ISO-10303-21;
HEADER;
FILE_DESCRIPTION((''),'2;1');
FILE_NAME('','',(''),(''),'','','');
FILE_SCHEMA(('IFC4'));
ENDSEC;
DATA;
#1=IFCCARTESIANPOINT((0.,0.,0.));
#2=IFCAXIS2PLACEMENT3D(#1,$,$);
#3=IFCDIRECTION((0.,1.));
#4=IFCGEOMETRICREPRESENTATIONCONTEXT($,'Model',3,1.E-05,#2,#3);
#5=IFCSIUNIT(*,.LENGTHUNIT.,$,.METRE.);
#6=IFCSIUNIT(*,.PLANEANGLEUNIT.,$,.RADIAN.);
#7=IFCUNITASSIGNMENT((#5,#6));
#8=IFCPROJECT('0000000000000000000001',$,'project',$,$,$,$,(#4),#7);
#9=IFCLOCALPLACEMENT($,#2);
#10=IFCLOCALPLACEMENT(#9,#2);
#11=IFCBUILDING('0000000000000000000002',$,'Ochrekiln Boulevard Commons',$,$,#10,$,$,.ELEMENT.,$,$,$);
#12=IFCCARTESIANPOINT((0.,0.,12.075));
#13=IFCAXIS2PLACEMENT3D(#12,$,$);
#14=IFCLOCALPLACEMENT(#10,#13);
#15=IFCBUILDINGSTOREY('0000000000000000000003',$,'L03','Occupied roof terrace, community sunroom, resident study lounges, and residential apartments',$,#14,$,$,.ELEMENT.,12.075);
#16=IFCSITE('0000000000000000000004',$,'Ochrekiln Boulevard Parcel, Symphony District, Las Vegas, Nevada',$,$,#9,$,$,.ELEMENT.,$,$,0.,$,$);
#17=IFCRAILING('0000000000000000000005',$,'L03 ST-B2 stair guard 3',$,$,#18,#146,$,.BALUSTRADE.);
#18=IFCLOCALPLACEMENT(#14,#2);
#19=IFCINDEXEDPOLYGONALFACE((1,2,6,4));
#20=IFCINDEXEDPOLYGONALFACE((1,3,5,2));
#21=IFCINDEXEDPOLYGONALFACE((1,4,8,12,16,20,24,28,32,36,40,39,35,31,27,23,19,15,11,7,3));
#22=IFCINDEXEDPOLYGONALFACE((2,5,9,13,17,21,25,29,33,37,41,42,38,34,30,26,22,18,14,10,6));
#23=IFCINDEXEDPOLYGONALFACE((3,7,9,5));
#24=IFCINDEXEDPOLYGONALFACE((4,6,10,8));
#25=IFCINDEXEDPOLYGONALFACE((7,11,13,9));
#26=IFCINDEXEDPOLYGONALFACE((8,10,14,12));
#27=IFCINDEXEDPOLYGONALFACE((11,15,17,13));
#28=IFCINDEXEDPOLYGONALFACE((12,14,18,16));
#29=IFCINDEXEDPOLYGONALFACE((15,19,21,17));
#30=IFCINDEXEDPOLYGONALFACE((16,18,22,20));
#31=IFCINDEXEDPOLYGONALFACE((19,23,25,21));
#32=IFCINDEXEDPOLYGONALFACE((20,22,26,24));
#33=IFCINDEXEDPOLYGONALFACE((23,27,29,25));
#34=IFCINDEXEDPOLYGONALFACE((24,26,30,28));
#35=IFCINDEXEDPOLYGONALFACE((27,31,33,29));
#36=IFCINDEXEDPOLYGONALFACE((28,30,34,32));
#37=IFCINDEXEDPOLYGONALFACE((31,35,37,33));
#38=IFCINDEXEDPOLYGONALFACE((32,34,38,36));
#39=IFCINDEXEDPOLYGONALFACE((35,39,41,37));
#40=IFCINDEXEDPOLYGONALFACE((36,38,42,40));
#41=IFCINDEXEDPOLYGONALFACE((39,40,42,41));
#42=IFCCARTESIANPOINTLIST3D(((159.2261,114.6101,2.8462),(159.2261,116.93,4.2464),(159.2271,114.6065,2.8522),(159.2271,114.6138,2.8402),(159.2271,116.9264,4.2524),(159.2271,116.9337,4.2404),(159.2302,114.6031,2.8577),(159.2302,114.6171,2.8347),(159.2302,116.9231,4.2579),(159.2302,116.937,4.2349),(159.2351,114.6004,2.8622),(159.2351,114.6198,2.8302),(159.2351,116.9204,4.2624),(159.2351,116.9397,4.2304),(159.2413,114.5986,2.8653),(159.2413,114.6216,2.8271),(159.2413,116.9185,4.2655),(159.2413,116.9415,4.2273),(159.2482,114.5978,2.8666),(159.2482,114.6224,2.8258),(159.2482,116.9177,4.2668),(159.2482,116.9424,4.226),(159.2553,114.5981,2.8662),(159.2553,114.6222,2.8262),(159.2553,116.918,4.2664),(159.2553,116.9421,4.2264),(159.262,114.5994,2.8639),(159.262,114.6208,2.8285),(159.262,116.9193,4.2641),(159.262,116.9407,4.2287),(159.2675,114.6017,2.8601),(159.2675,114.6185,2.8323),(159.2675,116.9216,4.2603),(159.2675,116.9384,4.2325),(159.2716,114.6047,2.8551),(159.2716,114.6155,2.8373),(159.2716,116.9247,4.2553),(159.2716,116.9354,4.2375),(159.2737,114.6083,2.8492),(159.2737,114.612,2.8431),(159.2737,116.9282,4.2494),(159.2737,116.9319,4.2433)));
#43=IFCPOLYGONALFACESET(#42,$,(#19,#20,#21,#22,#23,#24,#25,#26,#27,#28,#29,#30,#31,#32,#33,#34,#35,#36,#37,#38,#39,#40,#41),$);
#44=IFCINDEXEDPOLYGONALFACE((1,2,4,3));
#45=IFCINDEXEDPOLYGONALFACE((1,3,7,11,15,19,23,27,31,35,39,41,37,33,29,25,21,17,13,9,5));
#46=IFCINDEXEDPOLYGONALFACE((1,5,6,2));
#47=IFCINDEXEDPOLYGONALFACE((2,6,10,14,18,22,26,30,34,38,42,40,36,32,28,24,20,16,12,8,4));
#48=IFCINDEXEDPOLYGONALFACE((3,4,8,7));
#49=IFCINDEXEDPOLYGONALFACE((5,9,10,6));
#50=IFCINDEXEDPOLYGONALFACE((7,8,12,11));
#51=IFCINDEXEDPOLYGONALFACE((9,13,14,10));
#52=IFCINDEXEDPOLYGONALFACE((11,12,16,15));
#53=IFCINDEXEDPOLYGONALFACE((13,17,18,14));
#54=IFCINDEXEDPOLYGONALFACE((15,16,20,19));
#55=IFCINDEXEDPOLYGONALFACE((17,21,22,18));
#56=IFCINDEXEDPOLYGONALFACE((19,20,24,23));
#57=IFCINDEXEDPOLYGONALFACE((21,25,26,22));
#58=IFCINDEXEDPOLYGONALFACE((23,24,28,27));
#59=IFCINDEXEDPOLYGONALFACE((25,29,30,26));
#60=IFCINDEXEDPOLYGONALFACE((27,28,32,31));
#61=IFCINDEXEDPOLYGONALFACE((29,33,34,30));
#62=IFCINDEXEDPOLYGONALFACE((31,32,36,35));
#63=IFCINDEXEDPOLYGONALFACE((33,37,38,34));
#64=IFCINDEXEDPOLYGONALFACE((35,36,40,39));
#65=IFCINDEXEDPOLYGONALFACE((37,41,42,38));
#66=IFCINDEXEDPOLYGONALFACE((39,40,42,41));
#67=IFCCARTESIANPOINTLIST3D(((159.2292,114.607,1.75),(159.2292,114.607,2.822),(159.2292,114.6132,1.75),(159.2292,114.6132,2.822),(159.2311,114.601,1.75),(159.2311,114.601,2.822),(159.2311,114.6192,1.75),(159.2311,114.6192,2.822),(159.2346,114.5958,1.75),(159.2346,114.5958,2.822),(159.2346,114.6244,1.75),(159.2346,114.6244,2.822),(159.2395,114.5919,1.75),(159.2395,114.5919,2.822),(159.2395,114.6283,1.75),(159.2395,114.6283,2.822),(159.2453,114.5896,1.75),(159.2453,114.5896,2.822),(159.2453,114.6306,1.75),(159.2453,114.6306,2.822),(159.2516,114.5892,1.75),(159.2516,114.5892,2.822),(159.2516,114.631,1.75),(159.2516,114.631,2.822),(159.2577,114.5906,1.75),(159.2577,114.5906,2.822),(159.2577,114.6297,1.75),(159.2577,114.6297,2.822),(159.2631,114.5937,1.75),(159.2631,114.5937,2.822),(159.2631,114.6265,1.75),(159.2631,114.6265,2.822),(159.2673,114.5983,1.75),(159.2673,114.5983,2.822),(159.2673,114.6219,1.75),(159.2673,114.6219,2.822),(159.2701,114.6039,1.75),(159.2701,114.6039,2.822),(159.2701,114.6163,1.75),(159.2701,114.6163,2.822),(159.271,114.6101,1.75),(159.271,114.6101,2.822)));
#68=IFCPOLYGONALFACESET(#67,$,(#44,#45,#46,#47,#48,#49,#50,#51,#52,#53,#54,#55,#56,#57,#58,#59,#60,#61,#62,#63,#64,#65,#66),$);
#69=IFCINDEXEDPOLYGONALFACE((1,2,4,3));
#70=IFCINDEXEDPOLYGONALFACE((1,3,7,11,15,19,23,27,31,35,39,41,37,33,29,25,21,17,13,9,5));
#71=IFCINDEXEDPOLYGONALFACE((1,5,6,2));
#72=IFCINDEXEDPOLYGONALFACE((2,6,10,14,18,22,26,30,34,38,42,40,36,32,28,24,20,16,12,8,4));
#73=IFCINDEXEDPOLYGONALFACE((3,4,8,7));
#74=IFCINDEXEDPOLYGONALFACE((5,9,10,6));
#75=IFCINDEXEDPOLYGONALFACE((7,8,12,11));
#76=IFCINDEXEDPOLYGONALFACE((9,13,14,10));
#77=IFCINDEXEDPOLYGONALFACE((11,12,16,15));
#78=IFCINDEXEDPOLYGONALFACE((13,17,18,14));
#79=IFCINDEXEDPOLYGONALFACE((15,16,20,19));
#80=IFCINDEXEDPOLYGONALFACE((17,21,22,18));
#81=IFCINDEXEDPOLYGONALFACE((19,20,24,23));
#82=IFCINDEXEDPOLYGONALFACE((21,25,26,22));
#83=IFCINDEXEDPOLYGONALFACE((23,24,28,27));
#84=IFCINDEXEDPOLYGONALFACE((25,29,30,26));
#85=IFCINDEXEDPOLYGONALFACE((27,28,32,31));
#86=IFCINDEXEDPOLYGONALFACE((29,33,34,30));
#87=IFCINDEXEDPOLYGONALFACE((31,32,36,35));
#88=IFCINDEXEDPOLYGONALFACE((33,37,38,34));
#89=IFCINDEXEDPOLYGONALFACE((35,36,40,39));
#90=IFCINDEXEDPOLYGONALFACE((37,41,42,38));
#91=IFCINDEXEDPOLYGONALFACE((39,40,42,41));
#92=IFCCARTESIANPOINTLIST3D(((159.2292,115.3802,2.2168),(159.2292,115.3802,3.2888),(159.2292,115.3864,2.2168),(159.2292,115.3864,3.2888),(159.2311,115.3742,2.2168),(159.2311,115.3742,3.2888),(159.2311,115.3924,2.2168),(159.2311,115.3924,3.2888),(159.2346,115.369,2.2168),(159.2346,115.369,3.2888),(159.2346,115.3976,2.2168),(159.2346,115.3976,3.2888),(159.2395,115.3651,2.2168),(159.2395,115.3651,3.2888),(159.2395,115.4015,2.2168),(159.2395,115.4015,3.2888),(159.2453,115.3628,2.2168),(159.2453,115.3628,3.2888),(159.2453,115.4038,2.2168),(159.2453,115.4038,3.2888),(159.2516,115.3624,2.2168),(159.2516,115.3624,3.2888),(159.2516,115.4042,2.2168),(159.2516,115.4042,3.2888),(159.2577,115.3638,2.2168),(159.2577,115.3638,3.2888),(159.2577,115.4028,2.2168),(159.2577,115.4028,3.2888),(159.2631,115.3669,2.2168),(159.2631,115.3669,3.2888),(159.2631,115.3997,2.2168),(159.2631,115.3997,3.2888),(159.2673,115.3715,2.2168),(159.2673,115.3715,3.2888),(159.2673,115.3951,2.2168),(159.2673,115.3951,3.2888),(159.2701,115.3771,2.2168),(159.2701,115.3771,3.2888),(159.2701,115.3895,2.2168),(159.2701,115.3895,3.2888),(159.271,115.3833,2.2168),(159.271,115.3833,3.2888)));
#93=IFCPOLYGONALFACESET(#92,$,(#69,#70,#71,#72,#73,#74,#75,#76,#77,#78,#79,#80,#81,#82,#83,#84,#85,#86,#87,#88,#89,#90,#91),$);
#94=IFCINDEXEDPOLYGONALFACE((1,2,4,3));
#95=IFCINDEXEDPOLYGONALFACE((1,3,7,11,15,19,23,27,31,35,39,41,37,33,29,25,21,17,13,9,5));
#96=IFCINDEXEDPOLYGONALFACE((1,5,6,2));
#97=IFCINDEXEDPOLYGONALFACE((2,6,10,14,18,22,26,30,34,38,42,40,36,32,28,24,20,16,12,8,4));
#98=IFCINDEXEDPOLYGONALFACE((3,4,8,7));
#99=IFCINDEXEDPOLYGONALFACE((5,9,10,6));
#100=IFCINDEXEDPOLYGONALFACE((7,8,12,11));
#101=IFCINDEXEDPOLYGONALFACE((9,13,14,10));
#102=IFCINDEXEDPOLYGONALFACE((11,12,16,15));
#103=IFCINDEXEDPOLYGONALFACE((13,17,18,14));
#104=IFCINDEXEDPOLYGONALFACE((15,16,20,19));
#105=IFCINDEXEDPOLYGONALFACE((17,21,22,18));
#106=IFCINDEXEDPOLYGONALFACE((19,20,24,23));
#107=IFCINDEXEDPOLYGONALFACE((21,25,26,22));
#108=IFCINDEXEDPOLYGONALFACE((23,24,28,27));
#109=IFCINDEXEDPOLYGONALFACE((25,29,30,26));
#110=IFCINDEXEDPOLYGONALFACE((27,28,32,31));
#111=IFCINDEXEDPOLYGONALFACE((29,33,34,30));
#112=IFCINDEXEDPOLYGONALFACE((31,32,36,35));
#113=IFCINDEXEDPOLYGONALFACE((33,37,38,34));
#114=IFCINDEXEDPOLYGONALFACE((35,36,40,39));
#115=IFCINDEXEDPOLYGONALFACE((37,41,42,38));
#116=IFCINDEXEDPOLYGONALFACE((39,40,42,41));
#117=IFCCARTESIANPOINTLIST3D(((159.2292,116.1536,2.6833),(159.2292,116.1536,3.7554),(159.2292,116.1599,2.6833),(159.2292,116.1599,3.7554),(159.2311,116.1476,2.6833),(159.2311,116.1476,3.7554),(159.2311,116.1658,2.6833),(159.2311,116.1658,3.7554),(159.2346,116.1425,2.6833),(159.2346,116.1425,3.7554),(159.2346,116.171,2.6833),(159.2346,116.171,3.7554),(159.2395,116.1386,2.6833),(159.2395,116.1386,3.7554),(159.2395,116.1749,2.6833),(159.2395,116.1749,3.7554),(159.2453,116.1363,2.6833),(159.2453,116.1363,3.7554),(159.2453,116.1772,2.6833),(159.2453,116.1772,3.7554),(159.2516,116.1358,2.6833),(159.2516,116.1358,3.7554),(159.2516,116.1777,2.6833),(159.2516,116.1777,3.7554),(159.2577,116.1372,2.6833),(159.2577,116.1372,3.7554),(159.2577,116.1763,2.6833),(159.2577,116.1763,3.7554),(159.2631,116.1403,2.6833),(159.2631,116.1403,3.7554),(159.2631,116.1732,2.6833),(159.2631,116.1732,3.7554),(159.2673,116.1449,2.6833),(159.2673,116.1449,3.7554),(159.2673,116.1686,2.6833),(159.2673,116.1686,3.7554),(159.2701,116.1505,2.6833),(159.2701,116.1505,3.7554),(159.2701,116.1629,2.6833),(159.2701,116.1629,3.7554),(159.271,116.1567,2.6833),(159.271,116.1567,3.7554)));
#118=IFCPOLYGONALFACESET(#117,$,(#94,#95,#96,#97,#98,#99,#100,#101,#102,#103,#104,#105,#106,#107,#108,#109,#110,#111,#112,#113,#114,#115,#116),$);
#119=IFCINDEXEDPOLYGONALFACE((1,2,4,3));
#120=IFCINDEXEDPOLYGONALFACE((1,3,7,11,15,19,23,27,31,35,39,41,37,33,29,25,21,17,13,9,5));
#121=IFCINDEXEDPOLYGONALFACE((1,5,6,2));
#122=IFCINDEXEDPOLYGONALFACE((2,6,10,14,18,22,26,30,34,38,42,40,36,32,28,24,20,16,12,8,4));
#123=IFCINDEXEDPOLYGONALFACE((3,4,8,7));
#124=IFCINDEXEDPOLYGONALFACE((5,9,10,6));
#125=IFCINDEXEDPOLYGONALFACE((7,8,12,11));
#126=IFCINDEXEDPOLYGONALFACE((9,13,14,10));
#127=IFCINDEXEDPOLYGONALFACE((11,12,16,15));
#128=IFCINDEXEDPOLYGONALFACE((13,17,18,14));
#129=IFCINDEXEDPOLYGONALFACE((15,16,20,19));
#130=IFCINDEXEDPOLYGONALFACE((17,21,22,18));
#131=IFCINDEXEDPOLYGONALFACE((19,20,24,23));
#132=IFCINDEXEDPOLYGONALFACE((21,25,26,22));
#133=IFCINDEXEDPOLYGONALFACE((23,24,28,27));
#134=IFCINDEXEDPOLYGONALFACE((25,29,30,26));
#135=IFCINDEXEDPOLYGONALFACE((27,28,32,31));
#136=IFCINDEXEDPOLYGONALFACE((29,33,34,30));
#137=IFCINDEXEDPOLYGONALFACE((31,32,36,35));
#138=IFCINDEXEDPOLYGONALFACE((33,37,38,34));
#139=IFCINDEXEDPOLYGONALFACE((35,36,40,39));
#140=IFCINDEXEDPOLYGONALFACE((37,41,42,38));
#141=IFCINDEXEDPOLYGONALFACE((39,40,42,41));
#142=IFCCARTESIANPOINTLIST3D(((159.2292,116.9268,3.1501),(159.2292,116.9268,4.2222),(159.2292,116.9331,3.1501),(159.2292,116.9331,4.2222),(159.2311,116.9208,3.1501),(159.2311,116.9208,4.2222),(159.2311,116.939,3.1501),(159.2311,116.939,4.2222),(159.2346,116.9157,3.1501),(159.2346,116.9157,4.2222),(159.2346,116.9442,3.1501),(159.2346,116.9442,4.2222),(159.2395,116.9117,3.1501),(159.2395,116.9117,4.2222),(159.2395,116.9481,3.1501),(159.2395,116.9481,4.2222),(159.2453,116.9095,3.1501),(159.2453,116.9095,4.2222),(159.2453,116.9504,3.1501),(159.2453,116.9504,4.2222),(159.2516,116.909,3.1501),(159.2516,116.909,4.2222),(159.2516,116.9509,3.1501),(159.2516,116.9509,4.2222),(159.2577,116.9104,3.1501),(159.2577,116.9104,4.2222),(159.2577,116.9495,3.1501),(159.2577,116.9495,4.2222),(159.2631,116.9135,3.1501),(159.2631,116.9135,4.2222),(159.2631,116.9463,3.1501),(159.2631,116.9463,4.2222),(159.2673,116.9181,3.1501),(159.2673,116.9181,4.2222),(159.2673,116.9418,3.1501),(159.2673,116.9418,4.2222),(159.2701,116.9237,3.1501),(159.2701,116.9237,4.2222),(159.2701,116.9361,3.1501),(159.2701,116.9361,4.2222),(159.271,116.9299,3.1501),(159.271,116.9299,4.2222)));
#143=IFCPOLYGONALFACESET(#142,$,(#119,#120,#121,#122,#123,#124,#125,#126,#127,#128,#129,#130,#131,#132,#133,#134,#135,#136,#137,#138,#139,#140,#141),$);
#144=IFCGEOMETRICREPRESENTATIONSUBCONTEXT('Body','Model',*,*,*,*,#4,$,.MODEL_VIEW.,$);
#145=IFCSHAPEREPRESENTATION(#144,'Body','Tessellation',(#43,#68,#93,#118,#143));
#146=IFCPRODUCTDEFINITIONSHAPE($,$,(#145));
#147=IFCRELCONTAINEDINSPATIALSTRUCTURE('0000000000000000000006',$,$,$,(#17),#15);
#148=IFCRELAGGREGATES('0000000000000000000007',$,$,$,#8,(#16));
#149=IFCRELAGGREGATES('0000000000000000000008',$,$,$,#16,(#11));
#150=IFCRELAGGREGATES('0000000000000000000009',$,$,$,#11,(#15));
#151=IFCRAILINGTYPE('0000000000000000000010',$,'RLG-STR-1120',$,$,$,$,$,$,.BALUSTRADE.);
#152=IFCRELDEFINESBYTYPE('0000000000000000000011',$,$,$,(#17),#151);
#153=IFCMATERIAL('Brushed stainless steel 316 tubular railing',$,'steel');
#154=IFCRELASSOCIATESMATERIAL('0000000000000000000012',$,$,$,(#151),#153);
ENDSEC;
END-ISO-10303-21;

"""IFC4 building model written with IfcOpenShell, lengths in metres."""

from ifc_helpers import new_model, si_unit, direction, frame, origin, origin_2d, place, context, subcontext, project, spatial, circle, extrude, material, type_object, element, save


model = new_model("IFC4")

# Units and contexts
model_context = context("Model", 3, precision=1e-05, world=origin(), true_north=direction((0.0, 1.0)))
body_context = subcontext(model_context, "Body", "Model", "MODEL_VIEW")
ifc_project = project(units=[si_unit("LENGTHUNIT", "METRE"), si_unit("PLANEANGLEUNIT", "RADIAN")], contexts=[model_context])

# Site, building, storey
site_placement = place(None, origin())
site = spatial("IfcSite", under=ifc_project, at=site_placement, Name="Ochrekiln Boulevard Parcel, Symphony District, Las Vegas, Nevada", CompositionType="ELEMENT", RefElevation=0.0)
building_placement = place(site_placement, origin())
building = spatial("IfcBuilding", under=site, at=building_placement, Name="Ochrekiln Boulevard Commons", CompositionType="ELEMENT")
storey_placement = place(building_placement, frame((0.0, 0.0, 12.075)))
storey = spatial("IfcBuildingStorey", under=building, at=storey_placement, Name="L03", Description="Occupied roof terrace, community sunroom, resident study lounges, and residential apartments", CompositionType="ELEMENT", Elevation=12.075)

# Railing
ifc_material_1 = material(Name="Brushed stainless steel 316 tubular railing", Category="steel")
railing_type_1 = type_object("IfcRailingType", Name="RLG-STR-1120", PredefinedType="BALUSTRADE", material=ifc_material_1)
railing_1_placement = place(storey_placement, frame((159.25, 114.6101, 1.75)))
element("IfcRailing", 1, at=railing_1_placement, inside=storey, type_object=railing_type_1, Name="L03 ST-B2 stair guard 3", PredefinedType="BALUSTRADE", context=body_context, shape_type="SweptSolid", body=[
    extrude(circle(Radius=0.0239, at=origin_2d()), frame((0.0, 0.0, 1.0962), z_axis=(0.0, 0.856146, 0.516733), x_axis=(-1.0, 0.0, 0.0)), (0.0, 0.0, 1.0), 2.7097),
    extrude(circle(Radius=0.021, at=origin_2d()), origin(), (0.0, 0.0, 1.0), 1.072),
    extrude(circle(Radius=0.021, at=origin_2d()), frame((0.0, 0.7732, 0.4668)), (0.0, 0.0, 1.0), 1.072),
    extrude(circle(Radius=0.021, at=origin_2d()), frame((0.0, 1.5466, 0.9333)), (0.0, 0.0, 1.0), 1.072),
    extrude(circle(Radius=0.021, at=origin_2d()), frame((0.0, 2.3198, 1.4001)), (0.0, 0.0, 1.0), 1.072),
])

save(model, "model.ifc")
